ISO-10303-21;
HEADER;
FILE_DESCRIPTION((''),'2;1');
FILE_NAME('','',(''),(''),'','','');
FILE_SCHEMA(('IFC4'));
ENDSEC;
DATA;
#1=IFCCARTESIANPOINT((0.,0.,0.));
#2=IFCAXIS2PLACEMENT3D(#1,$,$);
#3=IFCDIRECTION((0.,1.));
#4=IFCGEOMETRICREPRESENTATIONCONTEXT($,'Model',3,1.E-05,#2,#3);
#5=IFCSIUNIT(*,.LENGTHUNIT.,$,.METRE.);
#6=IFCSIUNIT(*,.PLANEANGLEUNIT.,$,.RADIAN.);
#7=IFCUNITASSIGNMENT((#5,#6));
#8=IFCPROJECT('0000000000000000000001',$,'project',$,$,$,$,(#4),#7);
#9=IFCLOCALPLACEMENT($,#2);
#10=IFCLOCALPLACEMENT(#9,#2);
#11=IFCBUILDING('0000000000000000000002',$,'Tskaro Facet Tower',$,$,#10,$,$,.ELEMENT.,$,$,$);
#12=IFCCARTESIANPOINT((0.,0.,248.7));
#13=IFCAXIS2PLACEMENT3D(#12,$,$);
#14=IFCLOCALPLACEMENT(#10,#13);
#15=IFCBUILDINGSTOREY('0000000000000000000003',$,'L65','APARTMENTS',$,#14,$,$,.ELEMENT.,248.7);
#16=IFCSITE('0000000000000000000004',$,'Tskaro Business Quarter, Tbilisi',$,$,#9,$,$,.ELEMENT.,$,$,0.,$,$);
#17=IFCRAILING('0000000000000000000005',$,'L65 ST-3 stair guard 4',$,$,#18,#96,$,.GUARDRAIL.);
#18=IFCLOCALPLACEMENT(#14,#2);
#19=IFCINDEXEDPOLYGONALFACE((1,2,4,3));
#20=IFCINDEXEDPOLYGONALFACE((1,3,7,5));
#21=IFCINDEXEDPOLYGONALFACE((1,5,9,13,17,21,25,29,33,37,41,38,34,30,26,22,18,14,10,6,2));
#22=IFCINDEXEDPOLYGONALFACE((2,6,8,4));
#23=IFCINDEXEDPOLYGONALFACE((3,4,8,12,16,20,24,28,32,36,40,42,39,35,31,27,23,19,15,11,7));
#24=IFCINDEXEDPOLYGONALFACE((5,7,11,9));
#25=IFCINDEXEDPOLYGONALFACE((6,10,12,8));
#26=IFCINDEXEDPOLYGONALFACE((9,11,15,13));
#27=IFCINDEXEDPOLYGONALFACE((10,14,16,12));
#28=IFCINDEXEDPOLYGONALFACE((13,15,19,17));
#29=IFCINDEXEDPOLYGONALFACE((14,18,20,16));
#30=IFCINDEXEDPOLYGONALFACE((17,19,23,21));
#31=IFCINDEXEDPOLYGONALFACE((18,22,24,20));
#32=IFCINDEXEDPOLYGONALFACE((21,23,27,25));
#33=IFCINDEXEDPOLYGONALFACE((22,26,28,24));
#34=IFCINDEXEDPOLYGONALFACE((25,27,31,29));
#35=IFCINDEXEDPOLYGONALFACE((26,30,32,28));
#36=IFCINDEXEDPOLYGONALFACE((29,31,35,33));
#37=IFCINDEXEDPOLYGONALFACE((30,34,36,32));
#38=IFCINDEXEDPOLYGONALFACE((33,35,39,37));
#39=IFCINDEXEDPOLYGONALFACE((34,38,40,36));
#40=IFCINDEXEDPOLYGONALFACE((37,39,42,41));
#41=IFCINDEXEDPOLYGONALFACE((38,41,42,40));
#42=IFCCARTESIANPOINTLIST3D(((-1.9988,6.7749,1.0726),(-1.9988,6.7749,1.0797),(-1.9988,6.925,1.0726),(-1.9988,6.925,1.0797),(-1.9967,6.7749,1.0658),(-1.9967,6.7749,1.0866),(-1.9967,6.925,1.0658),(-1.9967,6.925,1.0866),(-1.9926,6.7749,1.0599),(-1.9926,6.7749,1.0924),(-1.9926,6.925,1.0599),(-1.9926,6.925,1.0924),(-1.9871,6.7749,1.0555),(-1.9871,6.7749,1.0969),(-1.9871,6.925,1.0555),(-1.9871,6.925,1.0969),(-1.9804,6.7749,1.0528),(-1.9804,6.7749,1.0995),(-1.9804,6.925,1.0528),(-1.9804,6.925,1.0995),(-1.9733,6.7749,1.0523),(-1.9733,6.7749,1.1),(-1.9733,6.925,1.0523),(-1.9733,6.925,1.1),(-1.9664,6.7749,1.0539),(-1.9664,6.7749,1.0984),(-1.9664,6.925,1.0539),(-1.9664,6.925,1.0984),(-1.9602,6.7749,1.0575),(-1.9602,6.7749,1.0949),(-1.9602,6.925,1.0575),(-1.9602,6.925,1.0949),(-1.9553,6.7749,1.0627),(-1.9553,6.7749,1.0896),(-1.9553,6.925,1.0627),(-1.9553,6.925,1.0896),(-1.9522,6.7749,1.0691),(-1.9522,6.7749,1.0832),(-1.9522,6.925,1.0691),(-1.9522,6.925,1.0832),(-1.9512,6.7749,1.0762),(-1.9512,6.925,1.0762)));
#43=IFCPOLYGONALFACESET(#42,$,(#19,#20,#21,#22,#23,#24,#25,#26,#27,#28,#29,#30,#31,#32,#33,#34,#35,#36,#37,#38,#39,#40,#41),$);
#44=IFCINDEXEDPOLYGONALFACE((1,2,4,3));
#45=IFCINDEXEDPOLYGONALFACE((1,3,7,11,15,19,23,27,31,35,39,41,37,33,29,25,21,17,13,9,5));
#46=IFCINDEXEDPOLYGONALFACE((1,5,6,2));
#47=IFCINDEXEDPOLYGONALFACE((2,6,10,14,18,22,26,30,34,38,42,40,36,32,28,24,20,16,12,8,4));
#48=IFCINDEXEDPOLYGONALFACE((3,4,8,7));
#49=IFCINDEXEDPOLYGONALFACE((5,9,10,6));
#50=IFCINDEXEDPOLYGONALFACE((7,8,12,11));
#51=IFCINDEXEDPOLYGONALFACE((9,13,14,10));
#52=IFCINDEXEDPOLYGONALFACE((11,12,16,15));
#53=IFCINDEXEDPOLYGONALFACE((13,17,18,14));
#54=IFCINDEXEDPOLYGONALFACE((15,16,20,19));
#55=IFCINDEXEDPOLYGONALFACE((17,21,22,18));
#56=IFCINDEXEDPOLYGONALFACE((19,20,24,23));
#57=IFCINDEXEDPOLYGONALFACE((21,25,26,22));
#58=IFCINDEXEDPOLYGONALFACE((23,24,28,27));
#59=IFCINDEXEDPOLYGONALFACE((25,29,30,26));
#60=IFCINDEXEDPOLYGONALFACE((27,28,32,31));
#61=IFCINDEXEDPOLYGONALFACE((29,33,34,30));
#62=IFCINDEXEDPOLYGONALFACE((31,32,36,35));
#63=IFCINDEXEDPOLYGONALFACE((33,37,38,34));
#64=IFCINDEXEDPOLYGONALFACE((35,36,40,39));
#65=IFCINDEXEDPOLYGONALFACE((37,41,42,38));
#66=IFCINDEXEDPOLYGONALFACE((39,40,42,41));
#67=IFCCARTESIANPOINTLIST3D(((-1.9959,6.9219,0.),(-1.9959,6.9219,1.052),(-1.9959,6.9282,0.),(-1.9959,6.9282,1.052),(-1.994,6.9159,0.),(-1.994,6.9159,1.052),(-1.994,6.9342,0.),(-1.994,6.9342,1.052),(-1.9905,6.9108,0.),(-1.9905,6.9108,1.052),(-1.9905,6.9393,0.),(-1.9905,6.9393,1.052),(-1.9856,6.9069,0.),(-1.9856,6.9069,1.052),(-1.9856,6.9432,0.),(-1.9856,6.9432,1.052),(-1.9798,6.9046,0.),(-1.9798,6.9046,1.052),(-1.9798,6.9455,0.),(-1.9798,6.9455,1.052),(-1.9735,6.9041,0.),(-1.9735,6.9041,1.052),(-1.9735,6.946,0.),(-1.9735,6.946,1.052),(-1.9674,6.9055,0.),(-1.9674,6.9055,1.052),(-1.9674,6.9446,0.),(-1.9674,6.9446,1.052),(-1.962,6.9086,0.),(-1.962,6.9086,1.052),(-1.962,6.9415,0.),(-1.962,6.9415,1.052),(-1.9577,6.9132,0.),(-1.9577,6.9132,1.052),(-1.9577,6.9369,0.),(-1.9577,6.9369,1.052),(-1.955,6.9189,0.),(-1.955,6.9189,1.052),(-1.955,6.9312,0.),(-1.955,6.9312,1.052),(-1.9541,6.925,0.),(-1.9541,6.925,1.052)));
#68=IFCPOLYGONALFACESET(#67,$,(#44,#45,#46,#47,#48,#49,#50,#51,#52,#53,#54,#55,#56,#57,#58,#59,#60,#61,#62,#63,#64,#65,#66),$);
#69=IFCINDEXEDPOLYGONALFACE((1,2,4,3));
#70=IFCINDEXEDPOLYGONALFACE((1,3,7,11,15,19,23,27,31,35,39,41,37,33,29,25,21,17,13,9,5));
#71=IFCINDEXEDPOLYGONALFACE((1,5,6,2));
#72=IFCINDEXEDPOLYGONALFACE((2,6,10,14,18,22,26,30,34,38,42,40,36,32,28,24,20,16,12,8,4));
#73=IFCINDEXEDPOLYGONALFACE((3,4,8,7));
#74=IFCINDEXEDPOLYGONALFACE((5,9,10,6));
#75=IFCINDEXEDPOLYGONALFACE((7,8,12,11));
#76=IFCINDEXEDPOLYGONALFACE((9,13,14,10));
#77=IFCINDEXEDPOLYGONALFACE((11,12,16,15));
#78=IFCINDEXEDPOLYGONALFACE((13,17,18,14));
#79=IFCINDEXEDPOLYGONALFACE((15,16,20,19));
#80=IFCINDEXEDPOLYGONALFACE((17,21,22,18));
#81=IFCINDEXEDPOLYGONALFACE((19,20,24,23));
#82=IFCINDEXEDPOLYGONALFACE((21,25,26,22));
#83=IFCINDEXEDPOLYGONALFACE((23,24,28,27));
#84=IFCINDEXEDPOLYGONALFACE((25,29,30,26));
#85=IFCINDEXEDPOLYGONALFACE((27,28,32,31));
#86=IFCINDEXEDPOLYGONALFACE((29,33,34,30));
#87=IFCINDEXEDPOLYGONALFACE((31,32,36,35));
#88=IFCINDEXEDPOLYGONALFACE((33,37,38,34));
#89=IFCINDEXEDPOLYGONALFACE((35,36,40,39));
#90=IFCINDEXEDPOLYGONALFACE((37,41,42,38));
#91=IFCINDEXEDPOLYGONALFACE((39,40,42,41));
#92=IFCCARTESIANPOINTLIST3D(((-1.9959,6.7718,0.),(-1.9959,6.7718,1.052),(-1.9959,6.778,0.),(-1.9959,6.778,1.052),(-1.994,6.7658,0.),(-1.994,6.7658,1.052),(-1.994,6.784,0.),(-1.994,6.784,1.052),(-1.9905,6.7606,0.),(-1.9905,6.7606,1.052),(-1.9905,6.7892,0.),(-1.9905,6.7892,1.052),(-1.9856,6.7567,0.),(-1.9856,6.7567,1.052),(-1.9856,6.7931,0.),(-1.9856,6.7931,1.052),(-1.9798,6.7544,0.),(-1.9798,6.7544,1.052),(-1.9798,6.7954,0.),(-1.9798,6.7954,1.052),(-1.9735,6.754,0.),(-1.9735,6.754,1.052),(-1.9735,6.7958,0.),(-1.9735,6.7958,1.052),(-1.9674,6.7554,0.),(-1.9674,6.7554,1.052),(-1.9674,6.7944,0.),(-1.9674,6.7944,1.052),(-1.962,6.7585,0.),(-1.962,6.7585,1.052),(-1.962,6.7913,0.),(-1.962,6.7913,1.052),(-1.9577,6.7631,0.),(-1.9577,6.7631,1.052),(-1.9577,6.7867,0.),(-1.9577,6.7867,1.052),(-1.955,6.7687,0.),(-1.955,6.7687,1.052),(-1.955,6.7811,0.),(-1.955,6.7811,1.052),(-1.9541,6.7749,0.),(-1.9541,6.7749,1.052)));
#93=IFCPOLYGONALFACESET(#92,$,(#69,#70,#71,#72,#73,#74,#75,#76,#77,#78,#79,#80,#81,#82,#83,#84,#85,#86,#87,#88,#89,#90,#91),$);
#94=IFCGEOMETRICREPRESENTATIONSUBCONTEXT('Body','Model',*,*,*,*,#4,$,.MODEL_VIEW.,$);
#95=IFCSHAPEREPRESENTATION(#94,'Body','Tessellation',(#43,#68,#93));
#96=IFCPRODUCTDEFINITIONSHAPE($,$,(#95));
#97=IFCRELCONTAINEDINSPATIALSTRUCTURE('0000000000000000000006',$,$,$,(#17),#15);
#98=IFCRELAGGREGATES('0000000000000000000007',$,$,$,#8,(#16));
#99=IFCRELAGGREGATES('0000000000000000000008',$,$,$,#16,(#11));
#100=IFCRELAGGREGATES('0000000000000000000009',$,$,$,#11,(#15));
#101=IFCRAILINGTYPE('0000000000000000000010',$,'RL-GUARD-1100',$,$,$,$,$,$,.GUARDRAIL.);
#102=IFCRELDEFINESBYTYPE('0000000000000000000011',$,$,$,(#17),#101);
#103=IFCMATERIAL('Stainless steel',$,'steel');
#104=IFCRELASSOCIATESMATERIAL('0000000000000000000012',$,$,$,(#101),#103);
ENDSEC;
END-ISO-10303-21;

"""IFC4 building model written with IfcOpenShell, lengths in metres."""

from ifc_helpers import new_model, si_unit, direction, frame, origin, origin_2d, place, context, subcontext, project, spatial, circle, extrude, material, type_object, element, save


model = new_model("IFC4")

# Units and contexts
model_context = context("Model", 3, precision=1e-05, world=origin(), true_north=direction((0.0, 1.0)))
body_context = subcontext(model_context, "Body", "Model", "MODEL_VIEW")
ifc_project = project(units=[si_unit("LENGTHUNIT", "METRE"), si_unit("PLANEANGLEUNIT", "RADIAN")], contexts=[model_context])

# Site, building, storey
site_placement = place(None, origin())
site = spatial("IfcSite", under=ifc_project, at=site_placement, Name="Tskaro Business Quarter, Tbilisi", CompositionType="ELEMENT", RefElevation=0.0)
building_placement = place(site_placement, origin())
building = spatial("IfcBuilding", under=site, at=building_placement, Name="Tskaro Facet Tower", CompositionType="ELEMENT")
storey_placement = place(building_placement, frame((0.0, 0.0, 248.7)))
storey = spatial("IfcBuildingStorey", under=building, at=storey_placement, Name="L65", Description="APARTMENTS", CompositionType="ELEMENT", Elevation=248.7)

# Railing
ifc_material_1 = material(Name="Stainless steel", Category="steel")
railing_type_1 = type_object("IfcRailingType", Name="RL-GUARD-1100", PredefinedType="GUARDRAIL", material=ifc_material_1)
railing_1_placement = place(storey_placement, frame((-1.9751, 6.925, 0.0)))
element("IfcRailing", 1, at=railing_1_placement, inside=storey, type_object=railing_type_1, Name="L65 ST-3 stair guard 4", PredefinedType="GUARDRAIL", context=body_context, shape_type="SweptSolid", body=[
    extrude(circle(Radius=0.0239, at=origin_2d()), frame((0.0, 0.0, 1.0762), z_axis=(0.0, -1.0, 0.0), x_axis=(1.0, 0.0, 0.0)), (0.0, 0.0, 1.0), 0.1501),
    extrude(circle(Radius=0.021, at=origin_2d()), origin(), (0.0, 0.0, 1.0), 1.052),
    extrude(circle(Radius=0.021, at=origin_2d()), frame((0.0, -0.1501, 0.0)), (0.0, 0.0, 1.0), 1.052),
])

save(model, "model.ifc")
